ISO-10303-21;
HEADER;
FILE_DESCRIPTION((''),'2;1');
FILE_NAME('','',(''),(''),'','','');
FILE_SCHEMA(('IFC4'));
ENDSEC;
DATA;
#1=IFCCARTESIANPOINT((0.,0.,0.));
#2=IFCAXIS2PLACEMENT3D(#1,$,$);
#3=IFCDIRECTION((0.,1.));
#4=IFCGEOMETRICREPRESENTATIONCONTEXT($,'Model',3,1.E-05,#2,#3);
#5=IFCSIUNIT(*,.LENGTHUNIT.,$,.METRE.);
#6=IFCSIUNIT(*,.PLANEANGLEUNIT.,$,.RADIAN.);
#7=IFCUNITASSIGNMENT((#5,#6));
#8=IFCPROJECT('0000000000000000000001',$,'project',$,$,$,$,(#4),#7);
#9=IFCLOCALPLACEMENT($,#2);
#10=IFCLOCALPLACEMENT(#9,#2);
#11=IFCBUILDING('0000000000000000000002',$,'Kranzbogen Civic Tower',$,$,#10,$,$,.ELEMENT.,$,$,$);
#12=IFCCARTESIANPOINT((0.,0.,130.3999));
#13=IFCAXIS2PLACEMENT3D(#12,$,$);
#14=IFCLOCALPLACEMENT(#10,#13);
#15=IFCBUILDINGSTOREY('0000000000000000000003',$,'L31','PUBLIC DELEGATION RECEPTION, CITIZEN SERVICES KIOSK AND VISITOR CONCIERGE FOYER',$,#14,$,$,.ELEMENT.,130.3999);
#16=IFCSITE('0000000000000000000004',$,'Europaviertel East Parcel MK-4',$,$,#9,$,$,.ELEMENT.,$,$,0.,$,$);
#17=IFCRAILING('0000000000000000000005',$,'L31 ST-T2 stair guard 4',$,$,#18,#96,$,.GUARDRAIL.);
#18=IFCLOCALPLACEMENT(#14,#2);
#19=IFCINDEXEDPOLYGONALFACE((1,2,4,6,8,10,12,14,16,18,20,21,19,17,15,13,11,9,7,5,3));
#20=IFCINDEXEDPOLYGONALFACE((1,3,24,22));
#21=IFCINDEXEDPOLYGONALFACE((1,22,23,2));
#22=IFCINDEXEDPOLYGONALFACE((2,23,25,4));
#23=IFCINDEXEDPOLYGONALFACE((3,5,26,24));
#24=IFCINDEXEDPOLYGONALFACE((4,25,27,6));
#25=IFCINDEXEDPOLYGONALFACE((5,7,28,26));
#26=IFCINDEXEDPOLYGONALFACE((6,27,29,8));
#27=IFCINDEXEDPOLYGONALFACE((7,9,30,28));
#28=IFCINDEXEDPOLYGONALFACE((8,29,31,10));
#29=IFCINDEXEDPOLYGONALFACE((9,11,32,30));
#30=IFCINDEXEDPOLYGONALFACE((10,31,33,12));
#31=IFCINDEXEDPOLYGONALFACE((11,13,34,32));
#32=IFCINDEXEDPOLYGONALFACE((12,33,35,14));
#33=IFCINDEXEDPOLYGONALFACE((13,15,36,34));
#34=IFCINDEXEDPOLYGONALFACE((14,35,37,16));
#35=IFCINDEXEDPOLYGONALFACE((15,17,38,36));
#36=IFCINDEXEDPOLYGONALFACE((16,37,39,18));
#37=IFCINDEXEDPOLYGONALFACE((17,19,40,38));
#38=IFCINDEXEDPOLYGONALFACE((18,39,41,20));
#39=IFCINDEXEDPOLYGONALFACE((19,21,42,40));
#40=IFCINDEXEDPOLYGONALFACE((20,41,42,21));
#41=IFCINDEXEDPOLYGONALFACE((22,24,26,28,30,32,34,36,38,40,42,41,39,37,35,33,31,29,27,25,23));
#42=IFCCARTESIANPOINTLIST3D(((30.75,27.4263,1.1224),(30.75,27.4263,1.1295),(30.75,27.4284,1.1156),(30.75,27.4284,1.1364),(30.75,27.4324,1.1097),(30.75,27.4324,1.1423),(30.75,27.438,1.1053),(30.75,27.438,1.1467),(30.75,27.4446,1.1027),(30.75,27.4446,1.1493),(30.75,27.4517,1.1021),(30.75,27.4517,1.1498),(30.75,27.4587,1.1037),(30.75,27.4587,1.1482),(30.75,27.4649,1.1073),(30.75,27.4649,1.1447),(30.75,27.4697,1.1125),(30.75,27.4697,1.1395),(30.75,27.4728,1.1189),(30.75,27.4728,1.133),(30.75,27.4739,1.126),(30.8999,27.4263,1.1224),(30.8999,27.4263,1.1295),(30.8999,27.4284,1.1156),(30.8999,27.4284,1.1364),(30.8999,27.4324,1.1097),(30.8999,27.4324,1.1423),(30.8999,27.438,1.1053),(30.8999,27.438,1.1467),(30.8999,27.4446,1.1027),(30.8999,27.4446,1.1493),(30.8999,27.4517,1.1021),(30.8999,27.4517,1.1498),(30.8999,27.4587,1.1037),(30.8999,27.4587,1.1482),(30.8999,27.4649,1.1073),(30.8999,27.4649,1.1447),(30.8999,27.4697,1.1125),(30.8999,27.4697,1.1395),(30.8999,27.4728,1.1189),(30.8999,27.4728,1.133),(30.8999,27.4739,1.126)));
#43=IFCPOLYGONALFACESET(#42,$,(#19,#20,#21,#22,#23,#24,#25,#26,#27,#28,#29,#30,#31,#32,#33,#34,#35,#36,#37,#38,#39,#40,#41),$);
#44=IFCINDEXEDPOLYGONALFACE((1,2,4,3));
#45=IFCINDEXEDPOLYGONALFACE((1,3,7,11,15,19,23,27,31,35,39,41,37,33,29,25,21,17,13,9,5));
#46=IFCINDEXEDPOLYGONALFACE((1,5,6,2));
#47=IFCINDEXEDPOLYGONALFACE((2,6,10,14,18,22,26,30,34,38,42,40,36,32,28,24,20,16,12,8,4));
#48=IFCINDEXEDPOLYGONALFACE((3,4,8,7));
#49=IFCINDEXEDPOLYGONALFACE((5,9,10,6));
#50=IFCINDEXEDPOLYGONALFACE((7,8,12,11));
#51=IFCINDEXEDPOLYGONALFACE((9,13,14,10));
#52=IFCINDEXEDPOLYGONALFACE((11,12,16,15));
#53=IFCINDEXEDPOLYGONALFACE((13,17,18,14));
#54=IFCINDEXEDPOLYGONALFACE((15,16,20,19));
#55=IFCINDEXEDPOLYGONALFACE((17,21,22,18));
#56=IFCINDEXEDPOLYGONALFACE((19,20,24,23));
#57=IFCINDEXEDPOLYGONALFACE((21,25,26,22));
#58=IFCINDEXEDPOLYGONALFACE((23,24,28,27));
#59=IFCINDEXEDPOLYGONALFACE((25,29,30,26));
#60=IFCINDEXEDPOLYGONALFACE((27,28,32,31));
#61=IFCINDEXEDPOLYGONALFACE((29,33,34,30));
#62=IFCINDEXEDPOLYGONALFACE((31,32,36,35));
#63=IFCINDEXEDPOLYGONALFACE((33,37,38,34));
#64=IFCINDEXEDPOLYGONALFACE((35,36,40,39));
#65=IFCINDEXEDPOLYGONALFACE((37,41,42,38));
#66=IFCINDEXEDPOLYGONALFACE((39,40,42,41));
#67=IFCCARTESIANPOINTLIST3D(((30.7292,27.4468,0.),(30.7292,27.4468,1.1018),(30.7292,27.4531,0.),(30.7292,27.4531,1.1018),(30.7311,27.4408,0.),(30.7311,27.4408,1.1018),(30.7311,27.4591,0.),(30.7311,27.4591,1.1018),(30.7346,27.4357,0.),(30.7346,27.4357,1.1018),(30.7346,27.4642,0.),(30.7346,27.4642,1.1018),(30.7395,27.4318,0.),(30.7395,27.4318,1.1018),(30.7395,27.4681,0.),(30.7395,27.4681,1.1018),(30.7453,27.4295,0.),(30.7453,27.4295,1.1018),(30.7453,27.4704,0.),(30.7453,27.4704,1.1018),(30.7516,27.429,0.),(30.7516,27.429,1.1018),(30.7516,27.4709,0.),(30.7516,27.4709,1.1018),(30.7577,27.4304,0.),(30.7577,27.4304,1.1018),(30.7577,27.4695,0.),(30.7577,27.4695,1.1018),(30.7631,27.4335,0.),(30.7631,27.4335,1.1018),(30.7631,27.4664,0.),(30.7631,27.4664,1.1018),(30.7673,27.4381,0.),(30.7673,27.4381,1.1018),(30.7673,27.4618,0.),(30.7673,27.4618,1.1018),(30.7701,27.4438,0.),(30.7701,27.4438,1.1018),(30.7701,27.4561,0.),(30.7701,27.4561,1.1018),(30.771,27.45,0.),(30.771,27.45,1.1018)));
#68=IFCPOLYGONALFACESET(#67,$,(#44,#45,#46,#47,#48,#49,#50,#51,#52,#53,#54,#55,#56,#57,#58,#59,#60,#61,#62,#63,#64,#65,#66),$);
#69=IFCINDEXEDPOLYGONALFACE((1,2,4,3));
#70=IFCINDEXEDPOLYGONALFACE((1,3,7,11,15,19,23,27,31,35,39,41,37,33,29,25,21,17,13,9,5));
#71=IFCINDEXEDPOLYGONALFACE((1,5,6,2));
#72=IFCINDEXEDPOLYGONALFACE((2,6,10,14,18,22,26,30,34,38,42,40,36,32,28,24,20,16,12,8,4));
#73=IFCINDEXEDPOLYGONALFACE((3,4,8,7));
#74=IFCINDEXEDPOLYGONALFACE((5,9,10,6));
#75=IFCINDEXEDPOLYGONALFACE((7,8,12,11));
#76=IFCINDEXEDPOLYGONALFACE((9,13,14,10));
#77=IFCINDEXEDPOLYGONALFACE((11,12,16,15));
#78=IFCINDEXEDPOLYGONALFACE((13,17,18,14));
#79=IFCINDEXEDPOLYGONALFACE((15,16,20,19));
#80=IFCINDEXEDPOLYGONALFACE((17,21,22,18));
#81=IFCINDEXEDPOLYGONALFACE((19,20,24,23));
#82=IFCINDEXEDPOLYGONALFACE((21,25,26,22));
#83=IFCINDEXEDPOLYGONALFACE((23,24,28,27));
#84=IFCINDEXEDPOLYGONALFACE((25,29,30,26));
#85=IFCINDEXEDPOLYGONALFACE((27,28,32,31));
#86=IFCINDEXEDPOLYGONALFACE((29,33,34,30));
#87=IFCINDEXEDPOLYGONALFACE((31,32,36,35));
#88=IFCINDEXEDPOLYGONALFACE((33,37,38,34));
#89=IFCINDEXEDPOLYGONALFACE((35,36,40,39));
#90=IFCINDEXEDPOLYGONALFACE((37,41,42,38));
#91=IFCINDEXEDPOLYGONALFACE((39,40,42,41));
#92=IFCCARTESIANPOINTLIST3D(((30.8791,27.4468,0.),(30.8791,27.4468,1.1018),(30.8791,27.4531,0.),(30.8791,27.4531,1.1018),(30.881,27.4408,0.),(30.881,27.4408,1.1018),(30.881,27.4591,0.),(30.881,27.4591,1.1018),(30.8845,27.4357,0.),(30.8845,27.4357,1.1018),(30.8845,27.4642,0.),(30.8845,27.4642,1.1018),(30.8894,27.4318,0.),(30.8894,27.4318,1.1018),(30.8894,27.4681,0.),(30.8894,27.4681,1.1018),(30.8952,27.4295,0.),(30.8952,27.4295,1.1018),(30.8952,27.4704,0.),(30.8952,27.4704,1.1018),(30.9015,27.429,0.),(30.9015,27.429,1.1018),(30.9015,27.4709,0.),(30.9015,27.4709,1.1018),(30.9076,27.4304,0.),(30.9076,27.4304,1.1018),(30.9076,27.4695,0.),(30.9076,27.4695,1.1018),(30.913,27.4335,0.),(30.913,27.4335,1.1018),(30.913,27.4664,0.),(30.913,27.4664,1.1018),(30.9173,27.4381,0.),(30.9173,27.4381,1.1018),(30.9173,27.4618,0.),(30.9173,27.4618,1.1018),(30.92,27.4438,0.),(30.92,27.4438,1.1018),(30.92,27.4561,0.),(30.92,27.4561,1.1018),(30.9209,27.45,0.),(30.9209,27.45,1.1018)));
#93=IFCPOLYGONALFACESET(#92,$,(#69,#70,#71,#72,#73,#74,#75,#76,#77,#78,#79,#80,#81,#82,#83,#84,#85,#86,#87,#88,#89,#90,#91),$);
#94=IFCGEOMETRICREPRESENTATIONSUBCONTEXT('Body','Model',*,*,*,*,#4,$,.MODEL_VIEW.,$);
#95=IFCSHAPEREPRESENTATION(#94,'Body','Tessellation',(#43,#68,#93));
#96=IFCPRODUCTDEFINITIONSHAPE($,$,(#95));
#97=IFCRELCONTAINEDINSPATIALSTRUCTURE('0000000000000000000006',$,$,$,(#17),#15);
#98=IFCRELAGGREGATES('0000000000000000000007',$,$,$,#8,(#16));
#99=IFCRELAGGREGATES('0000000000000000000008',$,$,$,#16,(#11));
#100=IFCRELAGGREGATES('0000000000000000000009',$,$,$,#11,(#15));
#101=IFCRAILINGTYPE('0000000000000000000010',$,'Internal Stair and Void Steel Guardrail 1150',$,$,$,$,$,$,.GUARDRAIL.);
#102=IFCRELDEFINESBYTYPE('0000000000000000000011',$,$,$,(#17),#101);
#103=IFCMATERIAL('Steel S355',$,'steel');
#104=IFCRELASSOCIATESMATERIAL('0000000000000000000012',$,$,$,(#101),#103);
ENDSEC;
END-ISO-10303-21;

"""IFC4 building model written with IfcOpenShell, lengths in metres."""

from ifc_helpers import new_model, si_unit, direction, frame, origin, origin_2d, place, context, subcontext, project, spatial, circle, extrude, material, type_object, element, save


model = new_model("IFC4")

# Units and contexts
model_context = context("Model", 3, precision=1e-05, world=origin(), true_north=direction((0.0, 1.0)))
body_context = subcontext(model_context, "Body", "Model", "MODEL_VIEW")
ifc_project = project(units=[si_unit("LENGTHUNIT", "METRE"), si_unit("PLANEANGLEUNIT", "RADIAN")], contexts=[model_context])

# Site, building, storey
site_placement = place(None, origin())
site = spatial("IfcSite", under=ifc_project, at=site_placement, Name="Europaviertel East Parcel MK-4", CompositionType="ELEMENT", RefElevation=0.0)
building_placement = place(site_placement, origin())
building = spatial("IfcBuilding", under=site, at=building_placement, Name="Kranzbogen Civic Tower", CompositionType="ELEMENT")
storey_placement = place(building_placement, frame((0.0, 0.0, 130.3999)))
storey = spatial("IfcBuildingStorey", under=building, at=storey_placement, Name="L31", Description="PUBLIC DELEGATION RECEPTION, CITIZEN SERVICES KIOSK AND VISITOR CONCIERGE FOYER", CompositionType="ELEMENT", Elevation=130.3999)

# Shared definitions
ifc_material_1 = material(Name="Steel S355", Category="steel")

# Railing
railing_type_1 = type_object("IfcRailingType", Name="Internal Stair and Void Steel Guardrail 1150", PredefinedType="GUARDRAIL", material=ifc_material_1)
railing_1_placement = place(storey_placement, frame((30.75, 27.45, 0.0)))
element("IfcRailing", 1, at=railing_1_placement, inside=storey, type_object=railing_type_1, Name="L31 ST-T2 stair guard 4", PredefinedType="GUARDRAIL", context=body_context, shape_type="SweptSolid", body=[
    extrude(circle(Radius=0.0239, at=origin_2d()), frame((0.0, 0.0, 1.126), z_axis=(1.0, 0.0, 0.0), x_axis=(0.0, 1.0, 0.0)), (0.0, 0.0, 1.0), 0.1499),
    extrude(circle(Radius=0.021, at=origin_2d()), origin(), (0.0, 0.0, 1.0), 1.1018),
    extrude(circle(Radius=0.021, at=origin_2d()), frame((0.1499, 0.0, 0.0)), (0.0, 0.0, 1.0), 1.1018),
])

save(model, "model.ifc")
